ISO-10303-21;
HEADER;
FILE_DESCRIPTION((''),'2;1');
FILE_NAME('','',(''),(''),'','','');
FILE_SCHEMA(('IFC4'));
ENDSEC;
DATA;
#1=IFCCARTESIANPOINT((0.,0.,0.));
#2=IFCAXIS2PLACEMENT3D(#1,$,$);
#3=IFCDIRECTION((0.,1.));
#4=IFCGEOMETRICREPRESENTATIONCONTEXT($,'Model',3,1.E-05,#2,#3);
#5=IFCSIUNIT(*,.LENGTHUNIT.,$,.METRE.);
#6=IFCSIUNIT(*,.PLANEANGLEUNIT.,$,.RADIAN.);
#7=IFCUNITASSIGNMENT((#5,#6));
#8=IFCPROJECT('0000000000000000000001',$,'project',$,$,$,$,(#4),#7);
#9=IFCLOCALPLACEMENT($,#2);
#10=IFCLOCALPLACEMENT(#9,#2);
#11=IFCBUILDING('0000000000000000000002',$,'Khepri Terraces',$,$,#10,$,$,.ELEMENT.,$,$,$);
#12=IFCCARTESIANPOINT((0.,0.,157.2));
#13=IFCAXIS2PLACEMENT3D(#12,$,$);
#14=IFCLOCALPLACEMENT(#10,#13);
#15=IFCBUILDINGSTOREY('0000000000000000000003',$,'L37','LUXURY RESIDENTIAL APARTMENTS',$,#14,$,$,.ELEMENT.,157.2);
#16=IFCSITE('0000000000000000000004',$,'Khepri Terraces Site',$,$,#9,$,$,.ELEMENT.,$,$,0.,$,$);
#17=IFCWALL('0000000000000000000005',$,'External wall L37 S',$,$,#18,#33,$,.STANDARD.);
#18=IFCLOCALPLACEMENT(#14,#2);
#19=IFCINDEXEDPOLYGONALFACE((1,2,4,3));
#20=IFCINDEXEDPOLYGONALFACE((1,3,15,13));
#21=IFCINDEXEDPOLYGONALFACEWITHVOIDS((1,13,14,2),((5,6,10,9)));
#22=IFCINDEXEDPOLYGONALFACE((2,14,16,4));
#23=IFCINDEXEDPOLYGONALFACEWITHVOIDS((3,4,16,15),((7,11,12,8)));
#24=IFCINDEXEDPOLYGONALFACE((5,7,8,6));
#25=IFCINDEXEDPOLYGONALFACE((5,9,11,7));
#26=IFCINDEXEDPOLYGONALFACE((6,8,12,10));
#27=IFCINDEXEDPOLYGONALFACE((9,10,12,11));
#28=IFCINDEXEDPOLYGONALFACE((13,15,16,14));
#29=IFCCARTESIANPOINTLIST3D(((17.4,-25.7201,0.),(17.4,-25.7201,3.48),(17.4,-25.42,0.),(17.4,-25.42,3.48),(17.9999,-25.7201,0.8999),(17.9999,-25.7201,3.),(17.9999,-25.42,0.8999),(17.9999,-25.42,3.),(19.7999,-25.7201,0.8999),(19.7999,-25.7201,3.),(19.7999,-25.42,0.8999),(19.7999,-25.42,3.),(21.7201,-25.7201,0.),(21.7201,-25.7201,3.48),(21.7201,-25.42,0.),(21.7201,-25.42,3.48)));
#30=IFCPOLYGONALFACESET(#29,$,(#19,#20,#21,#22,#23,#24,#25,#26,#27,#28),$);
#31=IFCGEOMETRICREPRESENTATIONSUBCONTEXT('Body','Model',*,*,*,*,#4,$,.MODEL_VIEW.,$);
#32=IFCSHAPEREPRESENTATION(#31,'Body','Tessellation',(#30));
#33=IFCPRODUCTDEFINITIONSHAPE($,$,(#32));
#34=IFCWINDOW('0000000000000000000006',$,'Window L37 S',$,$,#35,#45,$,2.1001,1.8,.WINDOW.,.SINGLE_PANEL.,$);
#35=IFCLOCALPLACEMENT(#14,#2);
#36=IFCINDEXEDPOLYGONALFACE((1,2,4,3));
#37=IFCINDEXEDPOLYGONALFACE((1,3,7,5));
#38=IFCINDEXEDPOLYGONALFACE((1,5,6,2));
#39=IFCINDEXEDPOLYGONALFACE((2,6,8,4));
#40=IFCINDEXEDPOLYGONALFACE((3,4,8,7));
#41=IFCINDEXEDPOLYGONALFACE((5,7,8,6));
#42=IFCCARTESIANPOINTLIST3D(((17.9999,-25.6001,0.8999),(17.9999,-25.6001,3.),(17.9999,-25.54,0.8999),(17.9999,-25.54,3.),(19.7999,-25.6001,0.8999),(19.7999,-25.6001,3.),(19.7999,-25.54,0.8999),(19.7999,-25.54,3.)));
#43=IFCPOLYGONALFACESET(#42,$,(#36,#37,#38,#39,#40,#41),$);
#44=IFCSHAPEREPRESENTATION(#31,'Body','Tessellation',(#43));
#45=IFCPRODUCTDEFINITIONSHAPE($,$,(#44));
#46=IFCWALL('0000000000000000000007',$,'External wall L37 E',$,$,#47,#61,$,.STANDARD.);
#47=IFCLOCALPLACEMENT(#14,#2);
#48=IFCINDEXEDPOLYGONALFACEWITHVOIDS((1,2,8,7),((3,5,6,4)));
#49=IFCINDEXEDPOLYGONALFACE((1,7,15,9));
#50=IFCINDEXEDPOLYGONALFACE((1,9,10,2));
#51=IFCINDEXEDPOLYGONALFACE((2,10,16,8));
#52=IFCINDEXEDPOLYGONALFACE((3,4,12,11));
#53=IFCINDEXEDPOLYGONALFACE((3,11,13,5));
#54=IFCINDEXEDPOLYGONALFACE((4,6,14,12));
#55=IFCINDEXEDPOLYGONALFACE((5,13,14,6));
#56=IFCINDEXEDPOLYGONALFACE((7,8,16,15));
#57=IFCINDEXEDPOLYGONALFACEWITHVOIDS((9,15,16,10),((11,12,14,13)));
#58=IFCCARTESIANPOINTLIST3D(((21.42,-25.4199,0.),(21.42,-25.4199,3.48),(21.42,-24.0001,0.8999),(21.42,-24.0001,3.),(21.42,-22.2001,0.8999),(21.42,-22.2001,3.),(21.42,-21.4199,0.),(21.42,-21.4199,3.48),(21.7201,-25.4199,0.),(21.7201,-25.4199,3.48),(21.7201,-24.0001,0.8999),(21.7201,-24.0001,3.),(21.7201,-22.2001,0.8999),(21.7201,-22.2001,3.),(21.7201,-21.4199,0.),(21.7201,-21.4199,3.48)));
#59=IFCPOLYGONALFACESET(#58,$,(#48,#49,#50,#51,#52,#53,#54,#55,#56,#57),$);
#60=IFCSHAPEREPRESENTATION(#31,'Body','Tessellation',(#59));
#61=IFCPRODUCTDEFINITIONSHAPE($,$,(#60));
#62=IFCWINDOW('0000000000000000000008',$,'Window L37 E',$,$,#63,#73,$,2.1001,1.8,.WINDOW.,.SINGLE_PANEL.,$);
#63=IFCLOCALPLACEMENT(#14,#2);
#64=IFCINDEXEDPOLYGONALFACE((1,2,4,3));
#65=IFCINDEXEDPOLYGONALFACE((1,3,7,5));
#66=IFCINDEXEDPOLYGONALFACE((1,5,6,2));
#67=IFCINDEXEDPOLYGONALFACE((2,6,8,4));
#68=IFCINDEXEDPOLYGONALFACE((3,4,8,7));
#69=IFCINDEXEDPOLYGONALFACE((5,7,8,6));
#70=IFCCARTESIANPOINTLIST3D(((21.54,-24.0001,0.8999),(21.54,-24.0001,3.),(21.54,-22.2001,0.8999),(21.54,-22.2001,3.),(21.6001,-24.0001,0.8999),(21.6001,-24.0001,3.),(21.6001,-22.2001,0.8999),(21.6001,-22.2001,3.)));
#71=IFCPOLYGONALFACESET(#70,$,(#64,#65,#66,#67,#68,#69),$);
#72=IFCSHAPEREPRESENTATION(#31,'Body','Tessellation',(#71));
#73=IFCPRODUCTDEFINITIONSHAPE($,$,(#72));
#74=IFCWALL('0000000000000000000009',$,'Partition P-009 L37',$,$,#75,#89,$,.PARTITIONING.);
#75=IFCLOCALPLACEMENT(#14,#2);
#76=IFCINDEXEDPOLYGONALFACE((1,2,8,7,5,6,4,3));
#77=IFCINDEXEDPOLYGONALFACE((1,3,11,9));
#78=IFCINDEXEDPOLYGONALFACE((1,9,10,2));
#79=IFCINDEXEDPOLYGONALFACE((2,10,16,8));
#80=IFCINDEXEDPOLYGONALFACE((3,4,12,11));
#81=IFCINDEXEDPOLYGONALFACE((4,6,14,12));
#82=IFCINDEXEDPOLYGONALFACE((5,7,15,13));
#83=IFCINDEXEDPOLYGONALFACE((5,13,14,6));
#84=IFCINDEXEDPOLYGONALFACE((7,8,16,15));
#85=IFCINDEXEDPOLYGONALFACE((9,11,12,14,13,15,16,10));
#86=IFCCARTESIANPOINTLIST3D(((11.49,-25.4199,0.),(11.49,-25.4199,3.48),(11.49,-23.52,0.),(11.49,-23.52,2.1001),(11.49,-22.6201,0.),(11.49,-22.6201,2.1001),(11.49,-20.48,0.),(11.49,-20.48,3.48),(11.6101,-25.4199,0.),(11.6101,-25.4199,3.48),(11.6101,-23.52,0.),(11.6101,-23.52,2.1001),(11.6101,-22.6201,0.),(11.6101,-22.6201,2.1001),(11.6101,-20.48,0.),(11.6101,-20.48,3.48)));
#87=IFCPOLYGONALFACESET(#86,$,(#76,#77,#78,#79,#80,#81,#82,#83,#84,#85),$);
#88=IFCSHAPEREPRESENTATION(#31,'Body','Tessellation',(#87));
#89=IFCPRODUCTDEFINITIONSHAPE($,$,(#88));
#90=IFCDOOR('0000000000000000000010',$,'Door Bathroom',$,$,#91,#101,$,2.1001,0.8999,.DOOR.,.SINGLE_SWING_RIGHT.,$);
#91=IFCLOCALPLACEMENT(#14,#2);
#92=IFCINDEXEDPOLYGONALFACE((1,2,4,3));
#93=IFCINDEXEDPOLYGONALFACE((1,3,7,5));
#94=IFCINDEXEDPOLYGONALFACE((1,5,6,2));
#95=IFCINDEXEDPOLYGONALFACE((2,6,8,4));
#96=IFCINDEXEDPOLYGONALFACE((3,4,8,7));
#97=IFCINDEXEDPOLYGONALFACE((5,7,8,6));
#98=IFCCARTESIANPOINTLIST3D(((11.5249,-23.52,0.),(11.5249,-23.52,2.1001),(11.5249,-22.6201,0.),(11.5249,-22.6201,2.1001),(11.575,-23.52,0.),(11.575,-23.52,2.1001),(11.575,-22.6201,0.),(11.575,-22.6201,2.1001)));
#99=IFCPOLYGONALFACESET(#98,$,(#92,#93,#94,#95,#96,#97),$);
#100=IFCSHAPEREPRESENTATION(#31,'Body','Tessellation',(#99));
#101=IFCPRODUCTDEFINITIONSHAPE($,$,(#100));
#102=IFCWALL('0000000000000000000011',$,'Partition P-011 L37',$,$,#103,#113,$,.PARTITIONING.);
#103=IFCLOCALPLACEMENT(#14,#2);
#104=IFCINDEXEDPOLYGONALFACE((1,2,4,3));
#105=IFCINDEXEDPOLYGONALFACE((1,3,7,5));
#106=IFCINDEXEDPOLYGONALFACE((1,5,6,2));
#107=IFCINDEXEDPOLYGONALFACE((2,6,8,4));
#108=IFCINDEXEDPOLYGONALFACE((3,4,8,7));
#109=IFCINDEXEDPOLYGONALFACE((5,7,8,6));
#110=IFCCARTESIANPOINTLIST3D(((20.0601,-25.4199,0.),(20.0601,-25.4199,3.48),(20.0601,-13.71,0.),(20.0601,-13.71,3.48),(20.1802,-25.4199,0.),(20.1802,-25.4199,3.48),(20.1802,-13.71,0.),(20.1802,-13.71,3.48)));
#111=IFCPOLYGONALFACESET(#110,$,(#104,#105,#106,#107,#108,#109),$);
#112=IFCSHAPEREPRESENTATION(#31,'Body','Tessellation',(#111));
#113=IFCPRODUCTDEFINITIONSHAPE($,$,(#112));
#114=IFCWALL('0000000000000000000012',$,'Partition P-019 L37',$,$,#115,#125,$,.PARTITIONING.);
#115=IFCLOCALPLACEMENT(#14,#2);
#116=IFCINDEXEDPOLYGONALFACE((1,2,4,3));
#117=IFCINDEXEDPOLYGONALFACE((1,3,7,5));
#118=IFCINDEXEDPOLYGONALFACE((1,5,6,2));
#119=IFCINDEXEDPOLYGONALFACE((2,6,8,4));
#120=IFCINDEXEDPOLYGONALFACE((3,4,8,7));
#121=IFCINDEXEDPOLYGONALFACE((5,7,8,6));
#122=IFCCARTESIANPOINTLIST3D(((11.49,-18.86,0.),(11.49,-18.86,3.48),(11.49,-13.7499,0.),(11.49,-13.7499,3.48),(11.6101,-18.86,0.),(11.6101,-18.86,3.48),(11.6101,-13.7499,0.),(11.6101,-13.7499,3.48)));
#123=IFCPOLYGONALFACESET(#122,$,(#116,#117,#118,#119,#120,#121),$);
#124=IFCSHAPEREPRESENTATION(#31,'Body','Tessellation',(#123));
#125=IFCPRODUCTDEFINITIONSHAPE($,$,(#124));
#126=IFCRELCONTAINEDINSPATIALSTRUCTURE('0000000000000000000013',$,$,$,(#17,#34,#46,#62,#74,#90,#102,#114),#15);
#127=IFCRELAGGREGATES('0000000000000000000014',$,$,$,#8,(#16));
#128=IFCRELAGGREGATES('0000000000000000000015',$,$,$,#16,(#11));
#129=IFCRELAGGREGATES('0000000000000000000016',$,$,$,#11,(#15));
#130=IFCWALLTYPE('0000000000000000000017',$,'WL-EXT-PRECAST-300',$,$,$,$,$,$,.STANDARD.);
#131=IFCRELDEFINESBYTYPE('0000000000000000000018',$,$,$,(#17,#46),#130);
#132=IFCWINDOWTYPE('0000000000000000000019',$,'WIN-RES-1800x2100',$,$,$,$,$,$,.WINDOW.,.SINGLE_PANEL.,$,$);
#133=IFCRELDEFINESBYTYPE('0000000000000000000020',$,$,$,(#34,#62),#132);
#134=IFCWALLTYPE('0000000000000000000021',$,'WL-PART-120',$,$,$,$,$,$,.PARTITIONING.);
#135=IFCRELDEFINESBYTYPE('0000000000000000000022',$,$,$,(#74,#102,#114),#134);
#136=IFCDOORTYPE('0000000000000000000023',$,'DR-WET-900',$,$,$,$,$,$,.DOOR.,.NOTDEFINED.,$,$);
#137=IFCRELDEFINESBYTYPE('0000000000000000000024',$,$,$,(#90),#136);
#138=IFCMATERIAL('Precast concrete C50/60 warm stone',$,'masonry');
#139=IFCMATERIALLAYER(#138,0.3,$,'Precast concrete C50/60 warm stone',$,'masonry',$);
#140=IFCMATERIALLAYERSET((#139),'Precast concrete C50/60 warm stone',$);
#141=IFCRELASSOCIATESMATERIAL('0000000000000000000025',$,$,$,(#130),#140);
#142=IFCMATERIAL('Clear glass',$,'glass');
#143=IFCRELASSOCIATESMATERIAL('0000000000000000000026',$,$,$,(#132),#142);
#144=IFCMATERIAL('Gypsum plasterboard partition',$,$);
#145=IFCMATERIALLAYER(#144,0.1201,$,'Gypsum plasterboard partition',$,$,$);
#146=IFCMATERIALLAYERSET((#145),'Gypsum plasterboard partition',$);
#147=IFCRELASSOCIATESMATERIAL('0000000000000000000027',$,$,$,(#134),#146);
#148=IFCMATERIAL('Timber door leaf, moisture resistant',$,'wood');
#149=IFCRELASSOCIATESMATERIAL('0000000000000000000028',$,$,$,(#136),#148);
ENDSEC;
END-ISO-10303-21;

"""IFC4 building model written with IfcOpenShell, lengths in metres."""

from ifc_helpers import new_model, si_unit, direction, frame, frame_2d, origin, place, context, subcontext, project, spatial, rectangle, extrude, material, layer, layer_set, type_object, element, fill, save


model = new_model("IFC4")

# Units and contexts
model_context = context("Model", 3, precision=1e-05, world=origin(), true_north=direction((0.0, 1.0)))
body_context = subcontext(model_context, "Body", "Model", "MODEL_VIEW")
ifc_project = project(units=[si_unit("LENGTHUNIT", "METRE"), si_unit("PLANEANGLEUNIT", "RADIAN")], contexts=[model_context])

# Site, building, storey
site_placement = place(None, origin())
site = spatial("IfcSite", under=ifc_project, at=site_placement, Name="Khepri Terraces Site", CompositionType="ELEMENT", RefElevation=0.0)
building_placement = place(site_placement, origin())
building = spatial("IfcBuilding", under=site, at=building_placement, Name="Khepri Terraces", CompositionType="ELEMENT")
storey_placement = place(building_placement, frame((0.0, 0.0, 157.2)))
storey = spatial("IfcBuildingStorey", under=building, at=storey_placement, Name="L37", Description="LUXURY RESIDENTIAL APARTMENTS", CompositionType="ELEMENT", Elevation=157.2)

# Shared definitions
ifc_material_1 = material(Name="Precast concrete C50/60 warm stone", Category="masonry")
ifc_layer_1 = layer(ifc_material_1, 0.3, Name="Precast concrete C50/60 warm stone", Category="masonry")
ifc_layer_set_1 = layer_set([ifc_layer_1], Name="Precast concrete C50/60 warm stone")
wall_type_1 = type_object("IfcWallType", Name="WL-EXT-PRECAST-300", PredefinedType="STANDARD", material=ifc_layer_set_1)
ifc_material_2 = material(Name="Clear glass", Category="glass")
window_type = type_object("IfcWindowType", Name="WIN-RES-1800x2100", PartitioningType="SINGLE_PANEL", PredefinedType="WINDOW", material=ifc_material_2)

# Walls, openings, windows
wall_1_placement = place(storey_placement, frame((17.3999, -25.5701, 0.0), z_axis=(0.0, 0.0, 1.0), x_axis=(1.0, 0.0, 0.0)))
wall_1 = element("IfcWall", 1, at=wall_1_placement, inside=storey, type_object=wall_type_1, Name="External wall L37 S", PredefinedType="STANDARD", context=body_context, shape_type="SweptSolid", body=[
    extrude(rectangle(XDim=4.3201, YDim=0.3, at=frame_2d((2.1602, 0.0))), origin(), (0.0, 0.0, 1.0), 3.48),
])
opening_1_placement = place(wall_1_placement, frame((0.6001, 0.0, 0.8999)))
opening_1 = element("IfcOpeningElement", 2, at=opening_1_placement, cuts=wall_1, PredefinedType="OPENING", context=body_context, shape_type="SweptSolid", body=[
    extrude(rectangle(XDim=1.8, YDim=2.1001, at=frame_2d((0.8999, 1.05))), frame((0.0, 0.1602, 0.0), z_axis=(0.0, -1.0, 0.0), x_axis=(1.0, 0.0, 0.0)), (0.0, 0.0, 1.0), 0.3201),
])
window_1_placement = place(opening_1_placement, origin())
window_1 = element("IfcWindow", 3, at=window_1_placement, inside=storey, type_object=window_type, Name="Window L37 S", OverallHeight=2.1001, OverallWidth=1.8, PartitioningType="SINGLE_PANEL", PredefinedType="WINDOW", context=body_context, shape_type="SweptSolid", body=[
    extrude(rectangle(XDim=1.8, YDim=2.1001, at=frame_2d((0.8999, 1.05))), frame((0.0, 0.03, 0.0), z_axis=(0.0, -1.0, 0.0), x_axis=(1.0, 0.0, 0.0)), (0.0, 0.0, 1.0), 0.0601),
])
fill(opening_1, window_1)
wall_2_placement = place(storey_placement, frame((21.5701, -25.4199, 0.0), z_axis=(0.0, 0.0, 1.0), x_axis=(0.0, 1.0, 0.0)))
wall_2 = element("IfcWall", 4, at=wall_2_placement, inside=storey, type_object=wall_type_1, Name="External wall L37 E", PredefinedType="STANDARD", context=body_context, shape_type="SweptSolid", body=[
    extrude(rectangle(XDim=4.0, YDim=0.3, at=frame_2d((2.0, 0.0))), origin(), (0.0, 0.0, 1.0), 3.48),
])
opening_2_placement = place(wall_2_placement, frame((1.4199, 0.0, 0.8999)))
opening_2 = element("IfcOpeningElement", 5, at=opening_2_placement, cuts=wall_2, PredefinedType="OPENING", context=body_context, shape_type="SweptSolid", body=[
    extrude(rectangle(XDim=1.8, YDim=2.1001, at=frame_2d((0.8999, 1.05))), frame((0.0, 0.1602, 0.0), z_axis=(0.0, -1.0, 0.0), x_axis=(1.0, 0.0, 0.0)), (0.0, 0.0, 1.0), 0.3201),
])
window_2_placement = place(opening_2_placement, origin())
window_2 = element("IfcWindow", 6, at=window_2_placement, inside=storey, type_object=window_type, Name="Window L37 E", OverallHeight=2.1001, OverallWidth=1.8, PartitioningType="SINGLE_PANEL", PredefinedType="WINDOW", context=body_context, shape_type="SweptSolid", body=[
    extrude(rectangle(XDim=1.8, YDim=2.1001, at=frame_2d((0.8999, 1.05))), frame((0.0, 0.03, 0.0), z_axis=(0.0, -1.0, 0.0), x_axis=(1.0, 0.0, 0.0)), (0.0, 0.0, 1.0), 0.0601),
])
fill(opening_2, window_2)

# Wall, opening, door
ifc_material_3 = material(Name="Gypsum plasterboard partition")
ifc_layer_2 = layer(ifc_material_3, 0.1201, Name="Gypsum plasterboard partition")
ifc_layer_set_2 = layer_set([ifc_layer_2], Name="Gypsum plasterboard partition")
wall_type_2 = type_object("IfcWallType", Name="WL-PART-120", PredefinedType="PARTITIONING", material=ifc_layer_set_2)
wall_3_placement = place(storey_placement, frame((11.55, -25.4199, 0.0), z_axis=(0.0, 0.0, 1.0), x_axis=(0.0, 1.0, 0.0)))
wall_3 = element("IfcWall", 7, at=wall_3_placement, inside=storey, type_object=wall_type_2, Name="Partition P-009 L37", PredefinedType="PARTITIONING", context=body_context, shape_type="SweptSolid", body=[
    extrude(rectangle(XDim=4.9399, YDim=0.1201, at=frame_2d((2.47, 0.0))), origin(), (0.0, 0.0, 1.0), 3.48),
])
opening_3_placement = place(wall_3_placement, frame((1.8999, 0.0, 0.0)))
opening_3 = element("IfcOpeningElement", 8, at=opening_3_placement, cuts=wall_3, PredefinedType="OPENING", context=body_context, shape_type="SweptSolid", body=[
    extrude(rectangle(XDim=0.8999, YDim=2.1001, at=frame_2d((0.45, 1.05))), frame((0.0, 0.0701, 0.0), z_axis=(0.0, -1.0, 0.0), x_axis=(1.0, 0.0, 0.0)), (0.0, 0.0, 1.0), 0.1401),
])
ifc_material_4 = material(Name="Timber door leaf, moisture resistant", Category="wood")
door_type_1 = type_object("IfcDoorType", Name="DR-WET-900", OperationType="NOTDEFINED", PredefinedType="DOOR", material=ifc_material_4)
door_1_placement = place(opening_3_placement, frame((0.8999, 0.0, 0.0), z_axis=(0.0, 0.0, 1.0), x_axis=(-1.0, 0.0, 0.0)))
door_1 = element("IfcDoor", 9, at=door_1_placement, inside=storey, type_object=door_type_1, Name="Door Bathroom", OperationType="SINGLE_SWING_RIGHT", OverallHeight=2.1001, OverallWidth=0.8999, PredefinedType="DOOR", context=body_context, shape_type="SweptSolid", body=[
    extrude(rectangle(XDim=0.8999, YDim=2.1001, at=frame_2d((0.45, 1.05))), frame((0.0, 0.0249, 0.0), z_axis=(0.0, -1.0, 0.0), x_axis=(1.0, 0.0, 0.0)), (0.0, 0.0, 1.0), 0.05),
])
fill(opening_3, door_1)

# Walls
wall_4_placement = place(storey_placement, frame((20.1201, -25.4199, 0.0), z_axis=(0.0, 0.0, 1.0), x_axis=(0.0, 1.0, 0.0)))
element("IfcWall", 10, at=wall_4_placement, inside=storey, type_object=wall_type_2, Name="Partition P-011 L37", PredefinedType="PARTITIONING", context=body_context, shape_type="SweptSolid", body=[
    extrude(rectangle(XDim=11.71, YDim=0.1201, at=frame_2d((5.855, 0.0))), origin(), (0.0, 0.0, 1.0), 3.48),
])
wall_5_placement = place(storey_placement, frame((11.55, -18.8601, 0.0), z_axis=(0.0, 0.0, 1.0), x_axis=(0.0, 1.0, 0.0)))
element("IfcWall", 11, at=wall_5_placement, inside=storey, type_object=wall_type_2, Name="Partition P-019 L37", PredefinedType="PARTITIONING", context=body_context, shape_type="SweptSolid", body=[
    extrude(rectangle(XDim=5.1101, YDim=0.1201, at=frame_2d((2.5552, 0.0))), origin(), (0.0, 0.0, 1.0), 3.48),
])

save(model, "model.ifc")
